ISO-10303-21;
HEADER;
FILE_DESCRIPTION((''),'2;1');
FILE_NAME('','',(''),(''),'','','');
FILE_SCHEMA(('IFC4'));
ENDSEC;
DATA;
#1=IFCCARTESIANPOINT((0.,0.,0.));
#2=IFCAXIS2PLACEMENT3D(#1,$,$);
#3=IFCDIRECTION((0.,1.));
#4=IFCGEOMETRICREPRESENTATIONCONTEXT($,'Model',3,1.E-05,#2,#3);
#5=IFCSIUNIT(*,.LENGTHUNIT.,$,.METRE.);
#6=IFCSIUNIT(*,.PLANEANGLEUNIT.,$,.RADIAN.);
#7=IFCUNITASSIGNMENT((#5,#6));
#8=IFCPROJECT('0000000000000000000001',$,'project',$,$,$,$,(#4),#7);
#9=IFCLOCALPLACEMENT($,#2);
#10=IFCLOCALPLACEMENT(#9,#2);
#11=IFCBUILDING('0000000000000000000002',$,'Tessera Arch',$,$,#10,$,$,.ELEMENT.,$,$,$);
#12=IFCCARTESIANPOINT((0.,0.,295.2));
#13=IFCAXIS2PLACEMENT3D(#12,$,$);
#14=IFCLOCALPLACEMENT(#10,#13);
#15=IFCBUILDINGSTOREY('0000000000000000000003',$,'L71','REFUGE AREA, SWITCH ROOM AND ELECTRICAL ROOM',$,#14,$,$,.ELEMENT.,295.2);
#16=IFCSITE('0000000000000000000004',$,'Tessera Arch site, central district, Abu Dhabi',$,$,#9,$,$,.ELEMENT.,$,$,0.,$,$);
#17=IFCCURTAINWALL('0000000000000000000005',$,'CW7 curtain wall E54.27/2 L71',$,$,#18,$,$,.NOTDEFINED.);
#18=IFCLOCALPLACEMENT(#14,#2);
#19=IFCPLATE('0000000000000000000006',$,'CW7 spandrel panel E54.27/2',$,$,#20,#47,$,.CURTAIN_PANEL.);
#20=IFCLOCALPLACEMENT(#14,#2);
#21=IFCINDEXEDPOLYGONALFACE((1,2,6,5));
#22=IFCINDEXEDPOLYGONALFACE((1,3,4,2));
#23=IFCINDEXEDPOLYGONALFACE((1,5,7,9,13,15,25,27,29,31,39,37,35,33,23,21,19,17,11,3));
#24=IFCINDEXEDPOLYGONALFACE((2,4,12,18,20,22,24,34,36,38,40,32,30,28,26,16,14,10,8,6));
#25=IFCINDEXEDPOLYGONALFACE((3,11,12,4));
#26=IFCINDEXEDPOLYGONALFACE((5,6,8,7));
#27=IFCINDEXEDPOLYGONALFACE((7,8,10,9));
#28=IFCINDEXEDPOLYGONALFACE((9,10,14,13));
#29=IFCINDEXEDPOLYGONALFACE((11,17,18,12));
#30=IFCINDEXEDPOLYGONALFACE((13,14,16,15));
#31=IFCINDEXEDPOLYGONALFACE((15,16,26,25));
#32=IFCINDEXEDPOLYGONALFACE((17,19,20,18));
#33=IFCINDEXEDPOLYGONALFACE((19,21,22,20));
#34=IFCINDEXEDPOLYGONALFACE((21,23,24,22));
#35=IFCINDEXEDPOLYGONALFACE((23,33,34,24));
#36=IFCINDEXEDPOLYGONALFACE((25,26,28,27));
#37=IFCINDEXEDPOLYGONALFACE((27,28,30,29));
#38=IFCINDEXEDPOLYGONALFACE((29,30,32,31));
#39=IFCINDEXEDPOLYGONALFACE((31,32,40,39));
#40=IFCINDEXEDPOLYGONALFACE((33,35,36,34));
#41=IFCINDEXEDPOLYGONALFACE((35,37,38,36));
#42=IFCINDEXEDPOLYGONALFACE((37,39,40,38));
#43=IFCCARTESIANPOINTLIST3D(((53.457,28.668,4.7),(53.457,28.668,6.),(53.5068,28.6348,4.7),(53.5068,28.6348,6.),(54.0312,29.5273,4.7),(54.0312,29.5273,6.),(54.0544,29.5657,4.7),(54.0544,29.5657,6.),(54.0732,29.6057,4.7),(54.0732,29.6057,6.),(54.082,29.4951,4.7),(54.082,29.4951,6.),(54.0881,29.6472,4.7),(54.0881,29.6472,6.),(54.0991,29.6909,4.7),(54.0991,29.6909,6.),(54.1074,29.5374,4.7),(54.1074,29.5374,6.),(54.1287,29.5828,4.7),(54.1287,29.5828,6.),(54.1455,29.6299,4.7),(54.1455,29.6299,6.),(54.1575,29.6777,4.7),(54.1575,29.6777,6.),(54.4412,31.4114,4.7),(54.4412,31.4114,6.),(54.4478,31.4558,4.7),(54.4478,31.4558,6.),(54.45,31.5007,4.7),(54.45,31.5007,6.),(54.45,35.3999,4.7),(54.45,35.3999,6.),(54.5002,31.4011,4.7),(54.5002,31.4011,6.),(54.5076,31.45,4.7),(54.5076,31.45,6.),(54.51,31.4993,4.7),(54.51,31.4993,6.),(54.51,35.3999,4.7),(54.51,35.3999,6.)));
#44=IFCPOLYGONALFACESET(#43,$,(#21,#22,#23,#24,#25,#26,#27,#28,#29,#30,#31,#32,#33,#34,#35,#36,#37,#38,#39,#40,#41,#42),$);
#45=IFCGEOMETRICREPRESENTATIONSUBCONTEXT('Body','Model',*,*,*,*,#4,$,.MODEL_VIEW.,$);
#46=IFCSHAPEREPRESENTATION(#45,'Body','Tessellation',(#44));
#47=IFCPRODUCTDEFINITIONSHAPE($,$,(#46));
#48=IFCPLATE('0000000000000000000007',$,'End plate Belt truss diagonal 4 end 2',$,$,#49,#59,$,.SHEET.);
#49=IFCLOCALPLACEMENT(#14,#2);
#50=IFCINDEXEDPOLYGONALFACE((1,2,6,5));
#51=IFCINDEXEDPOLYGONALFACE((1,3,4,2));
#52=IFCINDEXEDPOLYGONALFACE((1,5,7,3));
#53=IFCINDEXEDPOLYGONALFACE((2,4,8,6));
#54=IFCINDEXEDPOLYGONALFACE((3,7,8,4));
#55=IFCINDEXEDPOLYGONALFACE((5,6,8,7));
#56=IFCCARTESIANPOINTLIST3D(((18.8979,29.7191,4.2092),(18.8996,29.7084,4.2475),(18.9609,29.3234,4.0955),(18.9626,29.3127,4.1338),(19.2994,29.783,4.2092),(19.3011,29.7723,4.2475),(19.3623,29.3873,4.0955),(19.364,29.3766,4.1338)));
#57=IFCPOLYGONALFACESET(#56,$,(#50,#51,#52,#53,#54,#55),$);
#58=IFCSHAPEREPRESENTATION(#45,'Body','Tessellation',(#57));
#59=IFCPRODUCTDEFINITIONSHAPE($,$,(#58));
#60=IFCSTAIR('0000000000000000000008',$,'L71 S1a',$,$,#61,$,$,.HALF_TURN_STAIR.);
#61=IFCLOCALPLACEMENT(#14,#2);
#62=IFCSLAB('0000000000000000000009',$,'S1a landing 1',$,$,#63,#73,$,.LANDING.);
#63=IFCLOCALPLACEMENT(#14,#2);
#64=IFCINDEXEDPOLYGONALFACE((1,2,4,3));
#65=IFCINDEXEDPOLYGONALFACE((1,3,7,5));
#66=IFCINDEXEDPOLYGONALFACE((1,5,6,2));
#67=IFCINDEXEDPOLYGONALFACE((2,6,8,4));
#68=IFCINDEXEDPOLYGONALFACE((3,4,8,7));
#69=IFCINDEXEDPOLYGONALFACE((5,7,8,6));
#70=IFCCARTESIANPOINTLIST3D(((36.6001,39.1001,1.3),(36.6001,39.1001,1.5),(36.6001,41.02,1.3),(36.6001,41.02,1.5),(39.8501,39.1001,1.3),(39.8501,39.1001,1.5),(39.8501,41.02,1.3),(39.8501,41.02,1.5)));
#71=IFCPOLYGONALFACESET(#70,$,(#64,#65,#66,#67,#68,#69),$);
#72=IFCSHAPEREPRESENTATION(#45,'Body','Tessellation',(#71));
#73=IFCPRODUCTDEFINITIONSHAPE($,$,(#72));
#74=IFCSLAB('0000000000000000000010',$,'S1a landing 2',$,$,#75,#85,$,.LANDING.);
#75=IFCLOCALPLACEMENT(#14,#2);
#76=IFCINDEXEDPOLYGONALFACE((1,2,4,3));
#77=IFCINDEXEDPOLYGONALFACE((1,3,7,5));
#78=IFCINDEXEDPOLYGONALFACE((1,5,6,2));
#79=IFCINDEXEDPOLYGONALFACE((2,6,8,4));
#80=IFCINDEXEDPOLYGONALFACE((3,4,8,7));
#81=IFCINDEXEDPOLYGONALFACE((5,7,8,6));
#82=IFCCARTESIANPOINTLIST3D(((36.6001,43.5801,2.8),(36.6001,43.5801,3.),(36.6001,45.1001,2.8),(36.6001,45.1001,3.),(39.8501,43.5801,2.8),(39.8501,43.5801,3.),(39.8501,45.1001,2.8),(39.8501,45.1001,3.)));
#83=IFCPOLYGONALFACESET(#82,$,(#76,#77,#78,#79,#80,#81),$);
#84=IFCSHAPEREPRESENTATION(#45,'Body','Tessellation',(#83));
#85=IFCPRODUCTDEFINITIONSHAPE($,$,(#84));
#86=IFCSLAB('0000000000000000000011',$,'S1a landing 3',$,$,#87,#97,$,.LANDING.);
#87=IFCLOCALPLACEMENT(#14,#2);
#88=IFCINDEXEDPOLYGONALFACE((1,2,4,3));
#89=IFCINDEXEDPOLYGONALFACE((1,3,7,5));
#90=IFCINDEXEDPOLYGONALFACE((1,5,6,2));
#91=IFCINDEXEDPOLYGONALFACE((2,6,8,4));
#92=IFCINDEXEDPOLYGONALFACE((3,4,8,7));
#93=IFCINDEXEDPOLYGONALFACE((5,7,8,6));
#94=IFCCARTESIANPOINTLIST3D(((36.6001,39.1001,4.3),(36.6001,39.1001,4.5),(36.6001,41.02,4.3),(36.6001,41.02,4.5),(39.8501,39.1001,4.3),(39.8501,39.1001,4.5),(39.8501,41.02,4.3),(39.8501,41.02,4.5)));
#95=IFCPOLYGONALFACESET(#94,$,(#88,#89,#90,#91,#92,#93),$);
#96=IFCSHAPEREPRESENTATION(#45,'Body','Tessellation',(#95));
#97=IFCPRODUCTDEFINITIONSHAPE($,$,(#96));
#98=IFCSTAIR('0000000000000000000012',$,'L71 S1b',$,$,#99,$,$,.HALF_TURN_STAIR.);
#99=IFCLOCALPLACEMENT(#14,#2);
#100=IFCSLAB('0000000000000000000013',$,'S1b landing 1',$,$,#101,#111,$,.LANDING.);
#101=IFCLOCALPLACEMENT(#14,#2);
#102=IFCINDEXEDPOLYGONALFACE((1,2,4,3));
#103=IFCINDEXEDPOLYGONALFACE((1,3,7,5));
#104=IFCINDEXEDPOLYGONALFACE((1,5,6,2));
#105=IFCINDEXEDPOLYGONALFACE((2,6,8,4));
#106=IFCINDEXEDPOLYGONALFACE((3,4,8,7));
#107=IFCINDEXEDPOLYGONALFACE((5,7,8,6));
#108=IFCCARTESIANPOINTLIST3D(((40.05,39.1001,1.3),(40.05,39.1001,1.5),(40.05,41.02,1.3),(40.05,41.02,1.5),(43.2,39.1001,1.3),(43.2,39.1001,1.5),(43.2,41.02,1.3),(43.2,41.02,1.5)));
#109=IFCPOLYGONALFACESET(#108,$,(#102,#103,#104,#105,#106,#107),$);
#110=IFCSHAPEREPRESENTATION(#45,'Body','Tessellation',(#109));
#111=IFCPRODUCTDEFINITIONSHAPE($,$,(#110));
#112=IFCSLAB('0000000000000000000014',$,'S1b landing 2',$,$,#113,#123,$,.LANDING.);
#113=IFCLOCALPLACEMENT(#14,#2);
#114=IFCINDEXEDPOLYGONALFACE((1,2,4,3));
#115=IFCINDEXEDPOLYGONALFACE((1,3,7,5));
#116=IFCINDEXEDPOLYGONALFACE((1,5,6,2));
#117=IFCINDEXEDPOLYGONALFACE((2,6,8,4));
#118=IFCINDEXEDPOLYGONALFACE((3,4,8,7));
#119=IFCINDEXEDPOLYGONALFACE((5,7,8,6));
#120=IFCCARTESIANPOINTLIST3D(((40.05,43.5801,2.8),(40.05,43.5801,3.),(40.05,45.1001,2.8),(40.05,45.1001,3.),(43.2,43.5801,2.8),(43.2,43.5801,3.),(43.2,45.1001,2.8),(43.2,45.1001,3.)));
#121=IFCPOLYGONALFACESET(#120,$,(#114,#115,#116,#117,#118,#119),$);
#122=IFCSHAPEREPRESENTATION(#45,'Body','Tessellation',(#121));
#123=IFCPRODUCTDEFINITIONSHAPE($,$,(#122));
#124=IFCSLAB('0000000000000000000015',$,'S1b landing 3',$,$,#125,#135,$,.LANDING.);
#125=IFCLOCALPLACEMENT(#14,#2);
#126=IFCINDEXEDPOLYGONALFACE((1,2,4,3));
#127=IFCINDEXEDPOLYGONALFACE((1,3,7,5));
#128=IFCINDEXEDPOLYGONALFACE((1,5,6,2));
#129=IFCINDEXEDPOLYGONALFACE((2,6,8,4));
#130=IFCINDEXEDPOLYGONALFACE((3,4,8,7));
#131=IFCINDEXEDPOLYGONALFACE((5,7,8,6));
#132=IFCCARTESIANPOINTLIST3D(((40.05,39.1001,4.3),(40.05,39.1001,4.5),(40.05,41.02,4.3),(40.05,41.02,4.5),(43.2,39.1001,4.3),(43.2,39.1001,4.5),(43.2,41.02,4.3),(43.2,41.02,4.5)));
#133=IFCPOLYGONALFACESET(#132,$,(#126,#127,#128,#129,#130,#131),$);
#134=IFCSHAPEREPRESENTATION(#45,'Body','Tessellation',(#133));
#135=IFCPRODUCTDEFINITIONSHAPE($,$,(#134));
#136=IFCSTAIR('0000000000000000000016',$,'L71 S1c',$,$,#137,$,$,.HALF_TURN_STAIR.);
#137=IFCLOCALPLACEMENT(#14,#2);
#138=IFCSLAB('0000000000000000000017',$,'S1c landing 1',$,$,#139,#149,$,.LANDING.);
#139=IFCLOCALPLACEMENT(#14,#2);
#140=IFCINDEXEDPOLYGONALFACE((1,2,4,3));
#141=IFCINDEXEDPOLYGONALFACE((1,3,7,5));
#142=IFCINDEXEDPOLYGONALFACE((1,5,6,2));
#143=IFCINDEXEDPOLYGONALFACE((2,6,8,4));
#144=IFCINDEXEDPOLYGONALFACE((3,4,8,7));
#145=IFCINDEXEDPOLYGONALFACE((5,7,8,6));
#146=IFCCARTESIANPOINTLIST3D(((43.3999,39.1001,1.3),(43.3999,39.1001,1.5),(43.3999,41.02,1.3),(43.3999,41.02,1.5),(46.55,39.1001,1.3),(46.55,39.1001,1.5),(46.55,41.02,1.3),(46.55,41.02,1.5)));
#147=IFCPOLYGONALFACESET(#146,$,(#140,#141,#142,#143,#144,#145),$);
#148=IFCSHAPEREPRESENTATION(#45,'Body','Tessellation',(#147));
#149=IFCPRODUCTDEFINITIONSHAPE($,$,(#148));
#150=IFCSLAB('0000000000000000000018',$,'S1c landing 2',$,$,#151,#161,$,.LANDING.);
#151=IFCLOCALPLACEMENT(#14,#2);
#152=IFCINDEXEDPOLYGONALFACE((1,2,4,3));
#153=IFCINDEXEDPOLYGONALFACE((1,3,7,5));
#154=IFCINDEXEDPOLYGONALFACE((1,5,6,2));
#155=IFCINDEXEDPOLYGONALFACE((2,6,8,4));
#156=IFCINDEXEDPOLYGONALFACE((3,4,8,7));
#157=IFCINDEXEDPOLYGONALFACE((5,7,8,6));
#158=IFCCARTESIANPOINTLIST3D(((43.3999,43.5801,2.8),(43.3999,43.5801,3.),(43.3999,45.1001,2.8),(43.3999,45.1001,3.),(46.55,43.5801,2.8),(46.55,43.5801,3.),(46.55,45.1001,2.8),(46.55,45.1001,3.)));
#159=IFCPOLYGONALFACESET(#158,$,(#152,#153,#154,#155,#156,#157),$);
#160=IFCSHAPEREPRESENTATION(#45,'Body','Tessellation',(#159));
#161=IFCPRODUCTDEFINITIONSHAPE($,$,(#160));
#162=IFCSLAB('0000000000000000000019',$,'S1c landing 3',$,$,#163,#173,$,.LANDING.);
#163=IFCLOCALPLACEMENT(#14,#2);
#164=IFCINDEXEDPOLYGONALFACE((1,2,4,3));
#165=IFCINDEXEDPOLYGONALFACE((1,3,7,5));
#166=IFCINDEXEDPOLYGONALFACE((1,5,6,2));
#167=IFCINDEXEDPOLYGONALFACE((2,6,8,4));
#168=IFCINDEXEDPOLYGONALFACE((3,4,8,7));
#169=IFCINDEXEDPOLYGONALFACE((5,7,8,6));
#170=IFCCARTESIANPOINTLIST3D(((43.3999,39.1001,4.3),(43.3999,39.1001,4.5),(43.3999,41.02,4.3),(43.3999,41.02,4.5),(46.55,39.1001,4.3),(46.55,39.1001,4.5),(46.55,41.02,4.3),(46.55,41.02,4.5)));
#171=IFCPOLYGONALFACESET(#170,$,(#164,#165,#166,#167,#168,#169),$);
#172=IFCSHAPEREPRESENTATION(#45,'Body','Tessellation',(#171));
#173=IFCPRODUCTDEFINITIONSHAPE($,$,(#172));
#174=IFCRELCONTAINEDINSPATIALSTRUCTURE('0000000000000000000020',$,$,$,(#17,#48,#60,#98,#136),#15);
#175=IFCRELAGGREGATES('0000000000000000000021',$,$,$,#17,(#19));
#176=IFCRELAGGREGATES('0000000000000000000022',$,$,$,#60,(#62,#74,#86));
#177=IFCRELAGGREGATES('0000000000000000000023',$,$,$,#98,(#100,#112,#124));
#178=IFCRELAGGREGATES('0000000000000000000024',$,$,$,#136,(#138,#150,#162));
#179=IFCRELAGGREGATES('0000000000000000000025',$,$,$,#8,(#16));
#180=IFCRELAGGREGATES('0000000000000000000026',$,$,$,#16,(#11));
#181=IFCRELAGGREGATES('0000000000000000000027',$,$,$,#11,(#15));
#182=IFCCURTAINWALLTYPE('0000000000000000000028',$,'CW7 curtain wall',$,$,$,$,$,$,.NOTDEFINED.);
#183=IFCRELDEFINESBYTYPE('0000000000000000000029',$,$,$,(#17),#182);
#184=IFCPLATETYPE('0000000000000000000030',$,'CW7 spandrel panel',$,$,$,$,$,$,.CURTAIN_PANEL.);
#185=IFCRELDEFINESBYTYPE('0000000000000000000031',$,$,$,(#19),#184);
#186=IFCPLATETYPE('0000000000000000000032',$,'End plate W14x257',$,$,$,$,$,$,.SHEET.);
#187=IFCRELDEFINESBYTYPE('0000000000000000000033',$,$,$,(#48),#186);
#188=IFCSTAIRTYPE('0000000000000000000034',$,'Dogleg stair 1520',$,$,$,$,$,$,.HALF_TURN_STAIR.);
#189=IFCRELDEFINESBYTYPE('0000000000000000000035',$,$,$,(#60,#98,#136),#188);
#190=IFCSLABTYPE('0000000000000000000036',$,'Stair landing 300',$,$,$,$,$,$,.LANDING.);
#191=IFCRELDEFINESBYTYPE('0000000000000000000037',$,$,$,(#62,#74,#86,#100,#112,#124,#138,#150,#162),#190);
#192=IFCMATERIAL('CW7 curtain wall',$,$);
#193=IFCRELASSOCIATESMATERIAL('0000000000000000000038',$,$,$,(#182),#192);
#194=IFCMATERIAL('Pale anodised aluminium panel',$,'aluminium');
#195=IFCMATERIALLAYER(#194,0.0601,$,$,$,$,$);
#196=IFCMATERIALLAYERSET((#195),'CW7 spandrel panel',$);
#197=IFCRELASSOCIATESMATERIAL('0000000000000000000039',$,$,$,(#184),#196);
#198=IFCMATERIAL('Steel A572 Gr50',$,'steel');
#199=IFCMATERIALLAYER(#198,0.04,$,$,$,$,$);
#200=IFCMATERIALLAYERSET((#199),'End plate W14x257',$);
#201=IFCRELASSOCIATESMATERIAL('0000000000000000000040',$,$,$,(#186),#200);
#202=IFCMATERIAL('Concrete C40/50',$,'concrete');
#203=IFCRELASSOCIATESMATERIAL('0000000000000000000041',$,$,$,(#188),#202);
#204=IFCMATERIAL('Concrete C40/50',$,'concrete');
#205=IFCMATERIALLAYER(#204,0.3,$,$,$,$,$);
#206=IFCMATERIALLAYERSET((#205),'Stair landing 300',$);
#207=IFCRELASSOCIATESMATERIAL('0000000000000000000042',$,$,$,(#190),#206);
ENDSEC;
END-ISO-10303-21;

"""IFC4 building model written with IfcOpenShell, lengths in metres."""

from ifc_helpers import new_model, si_unit, direction, frame, origin, origin_2d, place, context, subcontext, project, spatial, polyline, rectangle, outline, extrude, material, layer, layer_set, type_object, element, aggregate, save


model = new_model("IFC4")

# Units and contexts
model_context = context("Model", 3, precision=1e-05, world=origin(), true_north=direction((0.0, 1.0)))
body_context = subcontext(model_context, "Body", "Model", "MODEL_VIEW")
ifc_project = project(units=[si_unit("LENGTHUNIT", "METRE"), si_unit("PLANEANGLEUNIT", "RADIAN")], contexts=[model_context])

# Site, building, storey
site_placement = place(None, origin())
site = spatial("IfcSite", under=ifc_project, at=site_placement, Name="Tessera Arch site, central district, Abu Dhabi", CompositionType="ELEMENT", RefElevation=0.0)
building_placement = place(site_placement, origin())
building = spatial("IfcBuilding", under=site, at=building_placement, Name="Tessera Arch", CompositionType="ELEMENT")
storey_placement = place(building_placement, frame((0.0, 0.0, 295.2)))
storey = spatial("IfcBuildingStorey", under=building, at=storey_placement, Name="L71", Description="REFUGE AREA, SWITCH ROOM AND ELECTRICAL ROOM", CompositionType="ELEMENT", Elevation=295.2)

# Curtain wall
ifc_material_1 = material(Name="CW7 curtain wall")
curtain_wall_type = type_object("IfcCurtainWallType", Name="CW7 curtain wall", PredefinedType="NOTDEFINED", material=ifc_material_1)
curtain_wall_1_placement = place(storey_placement, origin())
curtain_wall_1 = element("IfcCurtainWall", 1, at=curtain_wall_1_placement, inside=storey, type_object=curtain_wall_type, Name="CW7 curtain wall E54.27/2 L71", PredefinedType="NOTDEFINED")

# Plates
ifc_material_2 = material(Name="Pale anodised aluminium panel", Category="aluminium")
ifc_layer_1 = layer(ifc_material_2, 0.0601)
ifc_layer_set_1 = layer_set([ifc_layer_1], Name="CW7 spandrel panel")
plate_type_1 = type_object("IfcPlateType", Name="CW7 spandrel panel", PredefinedType="CURTAIN_PANEL", material=ifc_layer_set_1)
plate_1_placement = place(storey_placement, frame((0.0, 0.0, 4.7)))
plate_1 = element("IfcPlate", 2, at=plate_1_placement, type_object=plate_type_1, Name="CW7 spandrel panel E54.27/2", PredefinedType="CURTAIN_PANEL", context=body_context, shape_type="SweptSolid", body=[
    extrude(outline(polyline([(54.0312, 29.5273), (53.457, 28.668), (53.5068, 28.6348), (54.082, 29.4951), (54.1074, 29.5374), (54.1287, 29.5828), (54.1455, 29.6299), (54.1575, 29.6777), (54.5002, 31.4011), (54.5076, 31.45), (54.51, 31.4993), (54.51, 35.3999), (54.45, 35.3999), (54.45, 31.5007), (54.4478, 31.4558), (54.4412, 31.4114), (54.0991, 29.6909), (54.0881, 29.6472), (54.0732, 29.6057), (54.0544, 29.5657), (54.0312, 29.5273)])), origin(), (0.0, 0.0, 1.0), 1.3),
])
aggregate(curtain_wall_1, [plate_1])
ifc_material_3 = material(Name="Steel A572 Gr50", Category="steel")
ifc_layer_2 = layer(ifc_material_3, 0.04)
ifc_layer_set_2 = layer_set([ifc_layer_2], Name="End plate W14x257")
plate_type_2 = type_object("IfcPlateType", Name="End plate W14x257", PredefinedType="SHEET", material=ifc_layer_set_2)
plate_2_placement = place(storey_placement, frame((19.1301, 29.5532, 4.1523), z_axis=(0.042892, -0.269609, 0.962014), x_axis=(0.98758, 0.157115, 0.0)))
element("IfcPlate", 3, at=plate_2_placement, inside=storey, type_object=plate_type_2, Name="End plate Belt truss diagonal 4 end 2", PredefinedType="SHEET", context=body_context, shape_type="SweptSolid", body=[
    extrude(rectangle(XDim=0.4065, YDim=0.4165, at=origin_2d()), origin(), (0.0, 0.0, 1.0), 0.0398),
])

# Stairs, slabs
ifc_material_4 = material(Name="Concrete C40/50", Category="concrete")
stair_type = type_object("IfcStairType", Name="Dogleg stair 1520", PredefinedType="HALF_TURN_STAIR", material=ifc_material_4)
stair_1_placement = place(storey_placement, origin())
stair_1 = element("IfcStair", 4, at=stair_1_placement, inside=storey, type_object=stair_type, Name="L71 S1a", PredefinedType="HALF_TURN_STAIR")
ifc_material_5 = material(Name="Concrete C40/50", Category="concrete")
ifc_layer_3 = layer(ifc_material_5, 0.3)
ifc_layer_set_3 = layer_set([ifc_layer_3], Name="Stair landing 300")
slab_type = type_object("IfcSlabType", Name="Stair landing 300", PredefinedType="LANDING", material=ifc_layer_set_3)
slab_1_placement = place(storey_placement, frame((0.0, 0.0, 1.3)))
slab_1 = element("IfcSlab", 5, at=slab_1_placement, type_object=slab_type, Name="S1a landing 1", PredefinedType="LANDING", context=body_context, shape_type="SweptSolid", body=[
    extrude(outline(polyline([(36.6001, 41.02), (36.6001, 39.1001), (39.8501, 39.1001), (39.8501, 41.02), (36.6001, 41.02)])), origin(), (0.0, 0.0, 1.0), 0.2),
])
slab_2_placement = place(storey_placement, frame((0.0, 0.0, 2.8)))
slab_2 = element("IfcSlab", 6, at=slab_2_placement, type_object=slab_type, Name="S1a landing 2", PredefinedType="LANDING", context=body_context, shape_type="SweptSolid", body=[
    extrude(outline(polyline([(36.6001, 45.1001), (36.6001, 43.5801), (39.8501, 43.5801), (39.8501, 45.1001), (36.6001, 45.1001)])), origin(), (0.0, 0.0, 1.0), 0.2),
])
slab_3_placement = place(storey_placement, frame((0.0, 0.0, 4.3)))
slab_3 = element("IfcSlab", 7, at=slab_3_placement, type_object=slab_type, Name="S1a landing 3", PredefinedType="LANDING", context=body_context, shape_type="SweptSolid", body=[
    extrude(outline(polyline([(36.6001, 41.02), (36.6001, 39.1001), (39.8501, 39.1001), (39.8501, 41.02), (36.6001, 41.02)])), origin(), (0.0, 0.0, 1.0), 0.2),
])
aggregate(stair_1, [slab_1, slab_2, slab_3])
stair_2_placement = place(storey_placement, origin())
stair_2 = element("IfcStair", 8, at=stair_2_placement, inside=storey, type_object=stair_type, Name="L71 S1b", PredefinedType="HALF_TURN_STAIR")
slab_4_placement = place(storey_placement, frame((0.0, 0.0, 1.3)))
slab_4 = element("IfcSlab", 9, at=slab_4_placement, type_object=slab_type, Name="S1b landing 1", PredefinedType="LANDING", context=body_context, shape_type="SweptSolid", body=[
    extrude(outline(polyline([(40.05, 41.02), (40.05, 39.1001), (43.2, 39.1001), (43.2, 41.02), (40.05, 41.02)])), origin(), (0.0, 0.0, 1.0), 0.2),
])
slab_5_placement = place(storey_placement, frame((0.0, 0.0, 2.8)))
slab_5 = element("IfcSlab", 10, at=slab_5_placement, type_object=slab_type, Name="S1b landing 2", PredefinedType="LANDING", context=body_context, shape_type="SweptSolid", body=[
    extrude(outline(polyline([(40.05, 45.1001), (40.05, 43.5801), (43.2, 43.5801), (43.2, 45.1001), (40.05, 45.1001)])), origin(), (0.0, 0.0, 1.0), 0.2),
])
slab_6_placement = place(storey_placement, frame((0.0, 0.0, 4.3)))
slab_6 = element("IfcSlab", 11, at=slab_6_placement, type_object=slab_type, Name="S1b landing 3", PredefinedType="LANDING", context=body_context, shape_type="SweptSolid", body=[
    extrude(outline(polyline([(40.05, 41.02), (40.05, 39.1001), (43.2, 39.1001), (43.2, 41.02), (40.05, 41.02)])), origin(), (0.0, 0.0, 1.0), 0.2),
])
aggregate(stair_2, [slab_4, slab_5, slab_6])
stair_3_placement = place(storey_placement, origin())
stair_3 = element("IfcStair", 12, at=stair_3_placement, inside=storey, type_object=stair_type, Name="L71 S1c", PredefinedType="HALF_TURN_STAIR")
slab_7_placement = place(storey_placement, frame((0.0, 0.0, 1.3)))
slab_7 = element("IfcSlab", 13, at=slab_7_placement, type_object=slab_type, Name="S1c landing 1", PredefinedType="LANDING", context=body_context, shape_type="SweptSolid", body=[
    extrude(outline(polyline([(43.3999, 41.02), (43.3999, 39.1001), (46.55, 39.1001), (46.55, 41.02), (43.3999, 41.02)])), origin(), (0.0, 0.0, 1.0), 0.2),
])
slab_8_placement = place(storey_placement, frame((0.0, 0.0, 2.8)))
slab_8 = element("IfcSlab", 14, at=slab_8_placement, type_object=slab_type, Name="S1c landing 2", PredefinedType="LANDING", context=body_context, shape_type="SweptSolid", body=[
    extrude(outline(polyline([(43.3999, 45.1001), (43.3999, 43.5801), (46.55, 43.5801), (46.55, 45.1001), (43.3999, 45.1001)])), origin(), (0.0, 0.0, 1.0), 0.2),
])
slab_9_placement = place(storey_placement, frame((0.0, 0.0, 4.3)))
slab_9 = element("IfcSlab", 15, at=slab_9_placement, type_object=slab_type, Name="S1c landing 3", PredefinedType="LANDING", context=body_context, shape_type="SweptSolid", body=[
    extrude(outline(polyline([(43.3999, 41.02), (43.3999, 39.1001), (46.55, 39.1001), (46.55, 41.02), (43.3999, 41.02)])), origin(), (0.0, 0.0, 1.0), 0.2),
])
aggregate(stair_3, [slab_7, slab_8, slab_9])

save(model, "model.ifc")
